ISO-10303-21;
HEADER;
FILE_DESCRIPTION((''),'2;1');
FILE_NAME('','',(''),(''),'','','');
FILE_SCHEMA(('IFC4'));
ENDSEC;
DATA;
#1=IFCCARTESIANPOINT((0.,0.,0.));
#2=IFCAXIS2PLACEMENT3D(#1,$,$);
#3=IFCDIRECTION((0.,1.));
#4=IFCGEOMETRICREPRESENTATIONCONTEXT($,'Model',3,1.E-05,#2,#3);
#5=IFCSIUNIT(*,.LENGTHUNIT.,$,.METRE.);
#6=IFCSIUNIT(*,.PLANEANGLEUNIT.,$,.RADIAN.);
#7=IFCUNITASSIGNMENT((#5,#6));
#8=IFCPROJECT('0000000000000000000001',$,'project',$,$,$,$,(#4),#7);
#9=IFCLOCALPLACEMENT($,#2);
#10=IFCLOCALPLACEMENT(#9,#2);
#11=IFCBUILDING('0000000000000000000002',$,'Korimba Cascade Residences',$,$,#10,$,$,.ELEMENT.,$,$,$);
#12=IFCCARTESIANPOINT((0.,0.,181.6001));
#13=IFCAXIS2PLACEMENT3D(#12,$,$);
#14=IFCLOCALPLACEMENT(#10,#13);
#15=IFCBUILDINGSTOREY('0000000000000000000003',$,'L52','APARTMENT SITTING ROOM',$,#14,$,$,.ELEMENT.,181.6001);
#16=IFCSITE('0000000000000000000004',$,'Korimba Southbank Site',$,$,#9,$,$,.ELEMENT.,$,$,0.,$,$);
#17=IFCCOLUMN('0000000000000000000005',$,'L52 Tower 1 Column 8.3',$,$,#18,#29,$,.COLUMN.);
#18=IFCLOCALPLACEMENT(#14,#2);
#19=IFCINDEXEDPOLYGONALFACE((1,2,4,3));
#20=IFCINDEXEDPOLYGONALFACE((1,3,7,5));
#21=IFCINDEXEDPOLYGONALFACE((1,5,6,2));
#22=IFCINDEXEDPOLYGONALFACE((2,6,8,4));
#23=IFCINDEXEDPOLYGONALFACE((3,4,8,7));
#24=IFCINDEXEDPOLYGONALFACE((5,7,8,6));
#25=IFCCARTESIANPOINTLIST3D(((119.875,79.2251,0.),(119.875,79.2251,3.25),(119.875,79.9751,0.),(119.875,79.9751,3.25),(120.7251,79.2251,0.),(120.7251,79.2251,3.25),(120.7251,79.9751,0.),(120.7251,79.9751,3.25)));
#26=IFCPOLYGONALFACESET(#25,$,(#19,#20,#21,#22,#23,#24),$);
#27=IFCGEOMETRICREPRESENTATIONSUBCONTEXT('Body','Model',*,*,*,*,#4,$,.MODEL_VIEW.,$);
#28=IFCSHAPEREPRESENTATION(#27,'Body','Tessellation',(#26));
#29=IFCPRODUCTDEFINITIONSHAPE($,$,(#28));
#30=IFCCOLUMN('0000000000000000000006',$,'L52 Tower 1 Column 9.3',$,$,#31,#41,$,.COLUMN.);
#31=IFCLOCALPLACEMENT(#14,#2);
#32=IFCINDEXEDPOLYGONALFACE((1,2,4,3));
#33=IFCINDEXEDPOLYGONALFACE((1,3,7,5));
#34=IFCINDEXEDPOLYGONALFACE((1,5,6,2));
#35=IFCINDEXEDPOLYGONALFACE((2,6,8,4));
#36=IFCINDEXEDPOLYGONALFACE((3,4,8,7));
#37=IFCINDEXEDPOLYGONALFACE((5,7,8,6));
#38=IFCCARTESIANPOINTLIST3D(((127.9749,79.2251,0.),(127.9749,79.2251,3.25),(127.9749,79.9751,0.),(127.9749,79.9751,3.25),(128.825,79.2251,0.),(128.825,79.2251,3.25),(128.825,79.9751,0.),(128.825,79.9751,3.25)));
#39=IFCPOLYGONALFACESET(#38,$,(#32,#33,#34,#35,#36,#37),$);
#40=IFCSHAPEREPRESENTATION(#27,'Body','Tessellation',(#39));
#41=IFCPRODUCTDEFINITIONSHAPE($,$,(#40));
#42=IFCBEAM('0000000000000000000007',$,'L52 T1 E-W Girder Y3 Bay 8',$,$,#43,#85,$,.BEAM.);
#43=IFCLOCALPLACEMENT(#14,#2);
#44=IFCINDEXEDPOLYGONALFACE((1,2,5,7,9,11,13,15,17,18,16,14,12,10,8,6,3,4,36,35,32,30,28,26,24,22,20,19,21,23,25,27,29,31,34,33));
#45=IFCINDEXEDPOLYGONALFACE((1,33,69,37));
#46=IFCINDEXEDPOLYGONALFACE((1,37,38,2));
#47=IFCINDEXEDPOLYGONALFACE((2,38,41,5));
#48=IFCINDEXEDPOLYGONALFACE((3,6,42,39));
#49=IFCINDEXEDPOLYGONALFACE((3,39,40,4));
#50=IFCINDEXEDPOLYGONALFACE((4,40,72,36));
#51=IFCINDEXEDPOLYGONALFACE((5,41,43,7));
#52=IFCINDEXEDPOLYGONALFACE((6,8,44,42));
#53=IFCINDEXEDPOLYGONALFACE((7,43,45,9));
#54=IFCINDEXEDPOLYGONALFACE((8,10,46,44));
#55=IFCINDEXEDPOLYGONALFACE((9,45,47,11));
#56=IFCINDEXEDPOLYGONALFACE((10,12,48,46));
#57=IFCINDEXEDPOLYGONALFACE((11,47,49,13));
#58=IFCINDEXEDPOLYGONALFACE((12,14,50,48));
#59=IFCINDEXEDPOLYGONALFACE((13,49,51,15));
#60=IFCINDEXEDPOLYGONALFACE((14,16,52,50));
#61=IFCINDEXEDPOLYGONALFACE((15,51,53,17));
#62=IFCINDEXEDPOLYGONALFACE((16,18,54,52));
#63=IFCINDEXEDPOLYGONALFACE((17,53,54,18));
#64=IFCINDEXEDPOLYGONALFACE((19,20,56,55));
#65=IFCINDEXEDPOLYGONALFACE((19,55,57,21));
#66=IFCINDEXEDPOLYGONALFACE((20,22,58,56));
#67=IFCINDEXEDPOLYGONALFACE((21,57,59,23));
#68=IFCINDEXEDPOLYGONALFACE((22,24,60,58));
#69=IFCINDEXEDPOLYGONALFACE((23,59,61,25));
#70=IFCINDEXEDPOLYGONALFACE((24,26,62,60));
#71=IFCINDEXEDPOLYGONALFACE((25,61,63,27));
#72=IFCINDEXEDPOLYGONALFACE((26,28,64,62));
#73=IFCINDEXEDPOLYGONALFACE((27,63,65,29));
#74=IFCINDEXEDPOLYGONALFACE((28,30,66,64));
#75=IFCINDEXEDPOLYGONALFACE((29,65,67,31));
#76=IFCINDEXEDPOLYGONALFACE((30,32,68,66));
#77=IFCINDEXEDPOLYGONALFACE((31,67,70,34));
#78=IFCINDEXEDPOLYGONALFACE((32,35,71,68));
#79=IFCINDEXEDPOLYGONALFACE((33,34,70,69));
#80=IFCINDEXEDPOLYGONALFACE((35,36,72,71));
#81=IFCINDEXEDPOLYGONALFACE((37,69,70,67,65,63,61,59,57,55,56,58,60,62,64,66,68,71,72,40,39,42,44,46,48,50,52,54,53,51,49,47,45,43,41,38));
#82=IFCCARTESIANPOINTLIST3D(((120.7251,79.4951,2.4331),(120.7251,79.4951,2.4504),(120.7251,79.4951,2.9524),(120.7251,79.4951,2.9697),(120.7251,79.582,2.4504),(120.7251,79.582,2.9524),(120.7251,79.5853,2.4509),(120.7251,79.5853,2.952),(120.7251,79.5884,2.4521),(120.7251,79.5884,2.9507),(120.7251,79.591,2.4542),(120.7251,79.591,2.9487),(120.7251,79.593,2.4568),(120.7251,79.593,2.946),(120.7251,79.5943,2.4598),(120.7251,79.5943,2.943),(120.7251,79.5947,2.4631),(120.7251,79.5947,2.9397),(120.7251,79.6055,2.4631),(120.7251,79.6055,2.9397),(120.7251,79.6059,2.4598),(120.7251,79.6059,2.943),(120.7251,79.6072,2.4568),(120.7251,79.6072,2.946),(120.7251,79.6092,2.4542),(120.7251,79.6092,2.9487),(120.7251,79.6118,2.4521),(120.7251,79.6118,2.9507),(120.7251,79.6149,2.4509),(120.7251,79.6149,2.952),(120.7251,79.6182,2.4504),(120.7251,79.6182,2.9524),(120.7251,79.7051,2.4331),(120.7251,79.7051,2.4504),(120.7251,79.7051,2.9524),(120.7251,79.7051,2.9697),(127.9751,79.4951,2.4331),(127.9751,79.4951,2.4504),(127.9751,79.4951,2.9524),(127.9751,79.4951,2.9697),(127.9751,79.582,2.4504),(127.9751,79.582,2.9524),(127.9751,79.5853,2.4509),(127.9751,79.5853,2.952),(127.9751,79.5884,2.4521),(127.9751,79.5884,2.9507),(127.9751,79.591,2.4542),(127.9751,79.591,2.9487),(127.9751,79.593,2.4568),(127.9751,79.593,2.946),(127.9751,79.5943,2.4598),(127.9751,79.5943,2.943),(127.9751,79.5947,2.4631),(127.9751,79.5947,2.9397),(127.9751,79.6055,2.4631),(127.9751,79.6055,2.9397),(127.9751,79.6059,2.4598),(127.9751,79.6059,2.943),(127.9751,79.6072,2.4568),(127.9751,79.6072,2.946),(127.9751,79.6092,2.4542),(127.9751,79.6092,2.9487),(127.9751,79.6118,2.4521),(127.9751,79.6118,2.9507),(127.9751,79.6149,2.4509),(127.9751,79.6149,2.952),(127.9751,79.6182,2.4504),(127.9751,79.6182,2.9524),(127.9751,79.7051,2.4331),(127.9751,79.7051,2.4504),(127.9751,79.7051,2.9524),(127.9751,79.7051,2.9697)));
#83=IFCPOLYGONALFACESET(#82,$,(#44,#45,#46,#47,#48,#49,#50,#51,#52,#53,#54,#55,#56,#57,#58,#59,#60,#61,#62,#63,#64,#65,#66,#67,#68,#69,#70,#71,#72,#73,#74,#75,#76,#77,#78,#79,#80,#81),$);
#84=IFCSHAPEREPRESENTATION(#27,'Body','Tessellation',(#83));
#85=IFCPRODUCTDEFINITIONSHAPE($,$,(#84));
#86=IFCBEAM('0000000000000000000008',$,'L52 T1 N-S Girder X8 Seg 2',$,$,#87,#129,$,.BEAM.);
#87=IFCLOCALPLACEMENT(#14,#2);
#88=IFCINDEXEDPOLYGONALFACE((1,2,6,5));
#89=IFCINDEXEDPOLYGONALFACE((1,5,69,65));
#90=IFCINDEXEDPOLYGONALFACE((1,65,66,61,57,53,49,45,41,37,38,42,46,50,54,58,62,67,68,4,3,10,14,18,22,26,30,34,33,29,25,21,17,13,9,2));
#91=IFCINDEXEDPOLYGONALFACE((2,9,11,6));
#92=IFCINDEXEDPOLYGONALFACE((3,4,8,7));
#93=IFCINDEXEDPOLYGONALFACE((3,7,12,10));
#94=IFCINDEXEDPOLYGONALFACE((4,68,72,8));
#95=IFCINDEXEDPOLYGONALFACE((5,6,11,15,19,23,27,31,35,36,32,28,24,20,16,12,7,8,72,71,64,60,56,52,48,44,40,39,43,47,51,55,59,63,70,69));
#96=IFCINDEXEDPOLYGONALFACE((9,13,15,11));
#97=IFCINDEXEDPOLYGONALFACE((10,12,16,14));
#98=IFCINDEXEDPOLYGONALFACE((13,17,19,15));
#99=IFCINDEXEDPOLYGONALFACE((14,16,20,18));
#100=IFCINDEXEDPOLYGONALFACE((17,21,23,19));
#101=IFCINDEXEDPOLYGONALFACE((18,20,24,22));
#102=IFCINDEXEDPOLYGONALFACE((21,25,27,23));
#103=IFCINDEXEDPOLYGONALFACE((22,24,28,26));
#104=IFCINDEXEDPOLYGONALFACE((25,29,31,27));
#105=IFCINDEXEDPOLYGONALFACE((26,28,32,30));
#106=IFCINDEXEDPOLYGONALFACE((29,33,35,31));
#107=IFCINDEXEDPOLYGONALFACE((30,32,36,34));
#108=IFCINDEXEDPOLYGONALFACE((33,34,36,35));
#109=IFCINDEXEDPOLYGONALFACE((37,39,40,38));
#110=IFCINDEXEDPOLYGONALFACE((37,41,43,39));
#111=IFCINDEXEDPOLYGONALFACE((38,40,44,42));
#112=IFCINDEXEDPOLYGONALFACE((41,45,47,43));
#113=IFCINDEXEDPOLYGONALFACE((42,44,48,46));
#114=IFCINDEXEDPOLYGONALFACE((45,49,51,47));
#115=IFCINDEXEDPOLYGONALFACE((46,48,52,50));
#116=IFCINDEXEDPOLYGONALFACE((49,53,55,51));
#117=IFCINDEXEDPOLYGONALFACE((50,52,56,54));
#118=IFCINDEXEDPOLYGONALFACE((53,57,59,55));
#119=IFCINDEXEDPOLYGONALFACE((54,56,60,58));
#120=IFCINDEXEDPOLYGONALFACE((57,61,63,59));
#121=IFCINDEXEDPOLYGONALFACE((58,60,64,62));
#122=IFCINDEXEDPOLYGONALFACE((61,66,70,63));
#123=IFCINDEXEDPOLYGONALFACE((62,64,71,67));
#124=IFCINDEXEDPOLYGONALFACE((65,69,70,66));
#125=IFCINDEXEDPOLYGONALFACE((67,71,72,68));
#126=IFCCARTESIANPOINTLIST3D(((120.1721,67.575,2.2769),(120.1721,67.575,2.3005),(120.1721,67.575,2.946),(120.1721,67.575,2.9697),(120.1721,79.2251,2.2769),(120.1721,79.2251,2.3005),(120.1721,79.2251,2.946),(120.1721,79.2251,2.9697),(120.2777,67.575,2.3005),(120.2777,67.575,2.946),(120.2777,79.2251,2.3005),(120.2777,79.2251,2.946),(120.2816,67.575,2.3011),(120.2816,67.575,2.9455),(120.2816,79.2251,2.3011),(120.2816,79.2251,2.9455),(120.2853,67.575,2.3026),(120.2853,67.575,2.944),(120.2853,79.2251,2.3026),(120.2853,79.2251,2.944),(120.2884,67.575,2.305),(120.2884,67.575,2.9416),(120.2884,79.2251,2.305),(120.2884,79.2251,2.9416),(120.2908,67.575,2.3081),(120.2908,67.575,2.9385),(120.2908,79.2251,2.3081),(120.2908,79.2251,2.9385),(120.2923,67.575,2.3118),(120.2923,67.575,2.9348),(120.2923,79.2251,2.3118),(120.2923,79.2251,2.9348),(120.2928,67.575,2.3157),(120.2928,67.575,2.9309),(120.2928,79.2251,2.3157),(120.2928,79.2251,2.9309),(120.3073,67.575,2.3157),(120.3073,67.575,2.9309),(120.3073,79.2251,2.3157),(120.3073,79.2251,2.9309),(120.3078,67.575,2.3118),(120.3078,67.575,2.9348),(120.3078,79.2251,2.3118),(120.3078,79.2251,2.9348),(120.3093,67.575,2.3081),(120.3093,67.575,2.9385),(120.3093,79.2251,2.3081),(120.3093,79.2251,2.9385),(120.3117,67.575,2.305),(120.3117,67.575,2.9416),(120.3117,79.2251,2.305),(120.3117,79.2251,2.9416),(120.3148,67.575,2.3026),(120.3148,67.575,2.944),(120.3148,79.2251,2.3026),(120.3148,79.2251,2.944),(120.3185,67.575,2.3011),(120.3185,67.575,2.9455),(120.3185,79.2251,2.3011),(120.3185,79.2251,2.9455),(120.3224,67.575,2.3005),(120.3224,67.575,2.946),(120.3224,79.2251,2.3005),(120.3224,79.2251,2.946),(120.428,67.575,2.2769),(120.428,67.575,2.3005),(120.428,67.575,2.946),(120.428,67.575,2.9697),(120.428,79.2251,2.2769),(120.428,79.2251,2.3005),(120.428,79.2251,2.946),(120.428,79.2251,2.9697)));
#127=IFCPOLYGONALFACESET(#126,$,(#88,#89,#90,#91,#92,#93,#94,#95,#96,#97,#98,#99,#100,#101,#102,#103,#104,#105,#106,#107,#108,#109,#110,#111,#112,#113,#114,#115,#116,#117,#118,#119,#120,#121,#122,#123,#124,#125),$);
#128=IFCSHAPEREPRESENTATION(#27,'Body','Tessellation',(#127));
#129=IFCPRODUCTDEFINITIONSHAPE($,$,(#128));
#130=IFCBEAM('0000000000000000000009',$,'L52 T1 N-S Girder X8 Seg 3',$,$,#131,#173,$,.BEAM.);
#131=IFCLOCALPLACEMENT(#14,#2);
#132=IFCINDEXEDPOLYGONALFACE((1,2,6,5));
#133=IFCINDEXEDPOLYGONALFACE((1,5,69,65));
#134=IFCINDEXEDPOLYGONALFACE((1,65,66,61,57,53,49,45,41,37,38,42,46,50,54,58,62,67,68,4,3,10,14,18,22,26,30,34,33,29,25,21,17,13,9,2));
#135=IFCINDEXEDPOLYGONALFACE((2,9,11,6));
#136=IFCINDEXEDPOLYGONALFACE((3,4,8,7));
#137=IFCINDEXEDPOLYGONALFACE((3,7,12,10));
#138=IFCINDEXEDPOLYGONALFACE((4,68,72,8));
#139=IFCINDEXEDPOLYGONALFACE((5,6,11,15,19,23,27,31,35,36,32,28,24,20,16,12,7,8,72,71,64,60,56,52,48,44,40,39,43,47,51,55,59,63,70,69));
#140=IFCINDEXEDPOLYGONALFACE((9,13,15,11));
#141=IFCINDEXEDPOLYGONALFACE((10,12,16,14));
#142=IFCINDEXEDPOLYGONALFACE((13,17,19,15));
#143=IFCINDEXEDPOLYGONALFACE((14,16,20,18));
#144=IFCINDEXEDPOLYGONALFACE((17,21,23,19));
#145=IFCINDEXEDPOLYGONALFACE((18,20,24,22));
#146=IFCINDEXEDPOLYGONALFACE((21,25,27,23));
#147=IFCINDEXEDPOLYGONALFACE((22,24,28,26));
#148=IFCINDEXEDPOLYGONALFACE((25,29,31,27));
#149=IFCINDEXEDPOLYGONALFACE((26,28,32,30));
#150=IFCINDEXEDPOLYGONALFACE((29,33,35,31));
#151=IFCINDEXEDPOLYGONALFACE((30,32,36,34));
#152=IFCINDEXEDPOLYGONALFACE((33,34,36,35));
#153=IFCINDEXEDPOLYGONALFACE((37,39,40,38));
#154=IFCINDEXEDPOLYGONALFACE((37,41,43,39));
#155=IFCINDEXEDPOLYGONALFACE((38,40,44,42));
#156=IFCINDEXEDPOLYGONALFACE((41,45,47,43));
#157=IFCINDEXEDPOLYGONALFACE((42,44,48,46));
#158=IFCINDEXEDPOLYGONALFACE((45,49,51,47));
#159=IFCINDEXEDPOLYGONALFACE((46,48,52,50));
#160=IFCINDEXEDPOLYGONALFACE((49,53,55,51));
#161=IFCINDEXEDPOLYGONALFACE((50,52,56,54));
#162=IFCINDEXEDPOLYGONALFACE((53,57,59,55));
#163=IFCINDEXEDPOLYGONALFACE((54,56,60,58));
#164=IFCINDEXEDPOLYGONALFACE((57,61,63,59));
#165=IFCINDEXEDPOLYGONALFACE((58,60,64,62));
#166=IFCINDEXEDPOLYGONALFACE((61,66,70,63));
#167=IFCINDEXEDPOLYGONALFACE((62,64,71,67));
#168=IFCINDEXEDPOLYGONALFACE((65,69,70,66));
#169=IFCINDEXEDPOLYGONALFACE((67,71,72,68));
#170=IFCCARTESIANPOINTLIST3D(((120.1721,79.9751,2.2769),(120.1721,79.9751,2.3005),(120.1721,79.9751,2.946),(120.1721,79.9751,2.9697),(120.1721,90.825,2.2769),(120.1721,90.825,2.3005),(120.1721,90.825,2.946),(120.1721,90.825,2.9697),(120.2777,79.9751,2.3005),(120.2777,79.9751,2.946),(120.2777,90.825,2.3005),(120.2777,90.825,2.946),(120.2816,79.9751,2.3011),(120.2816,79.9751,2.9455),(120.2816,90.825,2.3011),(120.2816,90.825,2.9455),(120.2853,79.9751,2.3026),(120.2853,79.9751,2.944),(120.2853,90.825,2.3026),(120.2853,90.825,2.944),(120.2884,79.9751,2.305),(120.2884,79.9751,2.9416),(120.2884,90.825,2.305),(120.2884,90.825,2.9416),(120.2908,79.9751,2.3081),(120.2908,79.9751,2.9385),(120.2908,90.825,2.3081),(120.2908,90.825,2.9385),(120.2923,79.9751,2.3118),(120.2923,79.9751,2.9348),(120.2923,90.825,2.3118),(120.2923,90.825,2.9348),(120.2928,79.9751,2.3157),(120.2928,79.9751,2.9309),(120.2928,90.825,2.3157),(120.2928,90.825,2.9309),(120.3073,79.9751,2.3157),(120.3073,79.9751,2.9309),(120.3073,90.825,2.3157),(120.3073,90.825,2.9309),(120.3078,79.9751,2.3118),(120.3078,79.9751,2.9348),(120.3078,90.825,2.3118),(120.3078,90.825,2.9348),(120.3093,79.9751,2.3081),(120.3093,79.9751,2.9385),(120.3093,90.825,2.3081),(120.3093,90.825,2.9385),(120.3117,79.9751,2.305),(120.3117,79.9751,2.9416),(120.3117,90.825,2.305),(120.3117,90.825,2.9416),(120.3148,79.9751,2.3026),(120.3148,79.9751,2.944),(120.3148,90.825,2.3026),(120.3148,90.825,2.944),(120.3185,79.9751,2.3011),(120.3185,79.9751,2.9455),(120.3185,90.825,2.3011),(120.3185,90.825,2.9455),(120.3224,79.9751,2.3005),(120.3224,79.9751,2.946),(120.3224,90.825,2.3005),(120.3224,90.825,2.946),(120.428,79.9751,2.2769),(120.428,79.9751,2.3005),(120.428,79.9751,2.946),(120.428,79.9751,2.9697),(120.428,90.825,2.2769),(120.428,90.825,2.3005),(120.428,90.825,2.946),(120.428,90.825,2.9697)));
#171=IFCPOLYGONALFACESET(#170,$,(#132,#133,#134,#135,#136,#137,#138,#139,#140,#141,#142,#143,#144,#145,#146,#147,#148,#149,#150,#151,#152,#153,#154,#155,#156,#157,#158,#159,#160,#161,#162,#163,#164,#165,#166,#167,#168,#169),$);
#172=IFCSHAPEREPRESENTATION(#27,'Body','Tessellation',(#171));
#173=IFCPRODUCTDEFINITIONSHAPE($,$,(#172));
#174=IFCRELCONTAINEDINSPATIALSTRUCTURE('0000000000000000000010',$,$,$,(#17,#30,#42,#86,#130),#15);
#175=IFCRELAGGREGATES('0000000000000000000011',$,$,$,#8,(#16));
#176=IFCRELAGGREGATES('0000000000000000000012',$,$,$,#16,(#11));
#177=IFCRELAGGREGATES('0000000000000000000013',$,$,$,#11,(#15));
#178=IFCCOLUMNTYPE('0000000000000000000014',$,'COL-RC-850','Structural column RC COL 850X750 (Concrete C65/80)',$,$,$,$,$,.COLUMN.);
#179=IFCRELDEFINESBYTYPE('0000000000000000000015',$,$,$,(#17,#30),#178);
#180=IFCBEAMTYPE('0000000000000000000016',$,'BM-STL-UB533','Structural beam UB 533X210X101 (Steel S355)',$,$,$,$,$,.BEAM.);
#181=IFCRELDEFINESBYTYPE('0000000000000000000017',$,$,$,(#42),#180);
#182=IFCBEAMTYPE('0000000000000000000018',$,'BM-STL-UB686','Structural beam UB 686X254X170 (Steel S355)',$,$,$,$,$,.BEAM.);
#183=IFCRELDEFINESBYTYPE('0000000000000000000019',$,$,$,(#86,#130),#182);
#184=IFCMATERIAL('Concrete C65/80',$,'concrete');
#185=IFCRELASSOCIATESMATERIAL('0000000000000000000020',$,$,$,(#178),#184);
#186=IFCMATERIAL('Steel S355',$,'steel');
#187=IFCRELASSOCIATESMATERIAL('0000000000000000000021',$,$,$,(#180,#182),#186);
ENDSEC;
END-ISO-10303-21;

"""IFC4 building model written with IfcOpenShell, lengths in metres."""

from ifc_helpers import new_model, si_unit, direction, frame, origin, origin_2d, place, context, subcontext, project, spatial, rectangle, i_section, extrude, material, material_profile, profile_set, type_object, element, save


model = new_model("IFC4")

# Units and contexts
model_context = context("Model", 3, precision=1e-05, world=origin(), true_north=direction((0.0, 1.0)))
body_context = subcontext(model_context, "Body", "Model", "MODEL_VIEW")
ifc_project = project(units=[si_unit("LENGTHUNIT", "METRE"), si_unit("PLANEANGLEUNIT", "RADIAN")], contexts=[model_context])

# Site, building, storey
site_placement = place(None, origin())
site = spatial("IfcSite", under=ifc_project, at=site_placement, Name="Korimba Southbank Site", CompositionType="ELEMENT", RefElevation=0.0)
building_placement = place(site_placement, origin())
building = spatial("IfcBuilding", under=site, at=building_placement, Name="Korimba Cascade Residences", CompositionType="ELEMENT")
storey_placement = place(building_placement, frame((0.0, 0.0, 181.6001)))
storey = spatial("IfcBuildingStorey", under=building, at=storey_placement, Name="L52", Description="APARTMENT SITTING ROOM", CompositionType="ELEMENT", Elevation=181.6001)

# Columns
ifc_material_1 = material(Name="Concrete C65/80", Category="concrete")
ifc_material_profile_1 = material_profile(ifc_material_1, rectangle(XDim=0.8501, YDim=0.75, at=origin_2d()), Name="Concrete C65/80")
ifc_profile_set_1 = profile_set([ifc_material_profile_1], Name="Concrete C65/80")
column_type = type_object("IfcColumnType", Name="COL-RC-850", Description="Structural column RC COL 850X750 (Concrete C65/80)", PredefinedType="COLUMN", material=ifc_profile_set_1)
for number, where, z_axis, x_axis, name in (
    (1, (120.3, 79.6001, 0.0), (0.0, 0.0, 1.0), (1.0, 0.0, 0.0), "L52 Tower 1 Column 8.3"),
    (2, (128.3999, 79.6001, 0.0), (0.0, 0.0, 1.0), (1.0, 0.0, 0.0), "L52 Tower 1 Column 9.3"),
):
    element("IfcColumn", number, at=place(storey_placement, frame(where, z_axis=z_axis, x_axis=x_axis)), inside=storey, type_object=column_type, Name=name, PredefinedType="COLUMN", context=body_context, shape_type="SweptSolid", body=[
        extrude(rectangle(XDim=0.8501, YDim=0.75, at=origin_2d()), origin(), (0.0, 0.0, 1.0), 3.25),
    ])

# Beams
ifc_material_2 = material(Name="Steel S355", Category="steel")
ifc_material_profile_2 = material_profile(ifc_material_2, i_section(OverallWidth=0.21, OverallDepth=0.5366, WebThickness=0.0107, FlangeThickness=0.0173, FilletRadius=0.0127, at=origin_2d()), Name="Steel S355")
ifc_profile_set_2 = profile_set([ifc_material_profile_2], Name="Steel S355")
beam_type_1 = type_object("IfcBeamType", Name="BM-STL-UB533", Description="Structural beam UB 533X210X101 (Steel S355)", PredefinedType="BEAM", material=ifc_profile_set_2)
beam_1_placement = place(storey_placement, frame((120.7251, 79.6001, 2.7014), z_axis=(1.0, 0.0, 0.0), x_axis=(0.0, 1.0, 0.0)))
element("IfcBeam", 3, at=beam_1_placement, inside=storey, type_object=beam_type_1, Name="L52 T1 E-W Girder Y3 Bay 8", PredefinedType="BEAM", context=body_context, shape_type="SweptSolid", body=[
    extrude(i_section(OverallWidth=0.21, OverallDepth=0.5366, WebThickness=0.0107, FlangeThickness=0.0173, FilletRadius=0.0127, at=origin_2d()), origin(), (0.0, 0.0, 1.0), 7.25),
])
ifc_material_profile_3 = material_profile(ifc_material_2, i_section(OverallWidth=0.2559, OverallDepth=0.6929, WebThickness=0.0144, FlangeThickness=0.0237, FilletRadius=0.0151, at=origin_2d()), Name="Steel S355")
ifc_profile_set_3 = profile_set([ifc_material_profile_3], Name="Steel S355")
beam_type_2 = type_object("IfcBeamType", Name="BM-STL-UB686", Description="Structural beam UB 686X254X170 (Steel S355)", PredefinedType="BEAM", material=ifc_profile_set_3)
beam_2_placement = place(storey_placement, frame((120.3, 67.575, 2.6233), z_axis=(0.0, 1.0, 0.0), x_axis=(-1.0, 0.0, 0.0)))
element("IfcBeam", 4, at=beam_2_placement, inside=storey, type_object=beam_type_2, Name="L52 T1 N-S Girder X8 Seg 2", PredefinedType="BEAM", context=body_context, shape_type="SweptSolid", body=[
    extrude(i_section(OverallWidth=0.2559, OverallDepth=0.6929, WebThickness=0.0144, FlangeThickness=0.0237, FilletRadius=0.0151, at=origin_2d()), origin(), (0.0, 0.0, 1.0), 11.6501),
])
beam_3_placement = place(storey_placement, frame((120.3, 79.9751, 2.6233), z_axis=(0.0, 1.0, 0.0), x_axis=(-1.0, 0.0, 0.0)))
element("IfcBeam", 5, at=beam_3_placement, inside=storey, type_object=beam_type_2, Name="L52 T1 N-S Girder X8 Seg 3", PredefinedType="BEAM", context=body_context, shape_type="SweptSolid", body=[
    extrude(i_section(OverallWidth=0.2559, OverallDepth=0.6929, WebThickness=0.0144, FlangeThickness=0.0237, FilletRadius=0.0151, at=origin_2d()), origin(), (0.0, 0.0, 1.0), 10.8499),
])

save(model, "model.ifc")
